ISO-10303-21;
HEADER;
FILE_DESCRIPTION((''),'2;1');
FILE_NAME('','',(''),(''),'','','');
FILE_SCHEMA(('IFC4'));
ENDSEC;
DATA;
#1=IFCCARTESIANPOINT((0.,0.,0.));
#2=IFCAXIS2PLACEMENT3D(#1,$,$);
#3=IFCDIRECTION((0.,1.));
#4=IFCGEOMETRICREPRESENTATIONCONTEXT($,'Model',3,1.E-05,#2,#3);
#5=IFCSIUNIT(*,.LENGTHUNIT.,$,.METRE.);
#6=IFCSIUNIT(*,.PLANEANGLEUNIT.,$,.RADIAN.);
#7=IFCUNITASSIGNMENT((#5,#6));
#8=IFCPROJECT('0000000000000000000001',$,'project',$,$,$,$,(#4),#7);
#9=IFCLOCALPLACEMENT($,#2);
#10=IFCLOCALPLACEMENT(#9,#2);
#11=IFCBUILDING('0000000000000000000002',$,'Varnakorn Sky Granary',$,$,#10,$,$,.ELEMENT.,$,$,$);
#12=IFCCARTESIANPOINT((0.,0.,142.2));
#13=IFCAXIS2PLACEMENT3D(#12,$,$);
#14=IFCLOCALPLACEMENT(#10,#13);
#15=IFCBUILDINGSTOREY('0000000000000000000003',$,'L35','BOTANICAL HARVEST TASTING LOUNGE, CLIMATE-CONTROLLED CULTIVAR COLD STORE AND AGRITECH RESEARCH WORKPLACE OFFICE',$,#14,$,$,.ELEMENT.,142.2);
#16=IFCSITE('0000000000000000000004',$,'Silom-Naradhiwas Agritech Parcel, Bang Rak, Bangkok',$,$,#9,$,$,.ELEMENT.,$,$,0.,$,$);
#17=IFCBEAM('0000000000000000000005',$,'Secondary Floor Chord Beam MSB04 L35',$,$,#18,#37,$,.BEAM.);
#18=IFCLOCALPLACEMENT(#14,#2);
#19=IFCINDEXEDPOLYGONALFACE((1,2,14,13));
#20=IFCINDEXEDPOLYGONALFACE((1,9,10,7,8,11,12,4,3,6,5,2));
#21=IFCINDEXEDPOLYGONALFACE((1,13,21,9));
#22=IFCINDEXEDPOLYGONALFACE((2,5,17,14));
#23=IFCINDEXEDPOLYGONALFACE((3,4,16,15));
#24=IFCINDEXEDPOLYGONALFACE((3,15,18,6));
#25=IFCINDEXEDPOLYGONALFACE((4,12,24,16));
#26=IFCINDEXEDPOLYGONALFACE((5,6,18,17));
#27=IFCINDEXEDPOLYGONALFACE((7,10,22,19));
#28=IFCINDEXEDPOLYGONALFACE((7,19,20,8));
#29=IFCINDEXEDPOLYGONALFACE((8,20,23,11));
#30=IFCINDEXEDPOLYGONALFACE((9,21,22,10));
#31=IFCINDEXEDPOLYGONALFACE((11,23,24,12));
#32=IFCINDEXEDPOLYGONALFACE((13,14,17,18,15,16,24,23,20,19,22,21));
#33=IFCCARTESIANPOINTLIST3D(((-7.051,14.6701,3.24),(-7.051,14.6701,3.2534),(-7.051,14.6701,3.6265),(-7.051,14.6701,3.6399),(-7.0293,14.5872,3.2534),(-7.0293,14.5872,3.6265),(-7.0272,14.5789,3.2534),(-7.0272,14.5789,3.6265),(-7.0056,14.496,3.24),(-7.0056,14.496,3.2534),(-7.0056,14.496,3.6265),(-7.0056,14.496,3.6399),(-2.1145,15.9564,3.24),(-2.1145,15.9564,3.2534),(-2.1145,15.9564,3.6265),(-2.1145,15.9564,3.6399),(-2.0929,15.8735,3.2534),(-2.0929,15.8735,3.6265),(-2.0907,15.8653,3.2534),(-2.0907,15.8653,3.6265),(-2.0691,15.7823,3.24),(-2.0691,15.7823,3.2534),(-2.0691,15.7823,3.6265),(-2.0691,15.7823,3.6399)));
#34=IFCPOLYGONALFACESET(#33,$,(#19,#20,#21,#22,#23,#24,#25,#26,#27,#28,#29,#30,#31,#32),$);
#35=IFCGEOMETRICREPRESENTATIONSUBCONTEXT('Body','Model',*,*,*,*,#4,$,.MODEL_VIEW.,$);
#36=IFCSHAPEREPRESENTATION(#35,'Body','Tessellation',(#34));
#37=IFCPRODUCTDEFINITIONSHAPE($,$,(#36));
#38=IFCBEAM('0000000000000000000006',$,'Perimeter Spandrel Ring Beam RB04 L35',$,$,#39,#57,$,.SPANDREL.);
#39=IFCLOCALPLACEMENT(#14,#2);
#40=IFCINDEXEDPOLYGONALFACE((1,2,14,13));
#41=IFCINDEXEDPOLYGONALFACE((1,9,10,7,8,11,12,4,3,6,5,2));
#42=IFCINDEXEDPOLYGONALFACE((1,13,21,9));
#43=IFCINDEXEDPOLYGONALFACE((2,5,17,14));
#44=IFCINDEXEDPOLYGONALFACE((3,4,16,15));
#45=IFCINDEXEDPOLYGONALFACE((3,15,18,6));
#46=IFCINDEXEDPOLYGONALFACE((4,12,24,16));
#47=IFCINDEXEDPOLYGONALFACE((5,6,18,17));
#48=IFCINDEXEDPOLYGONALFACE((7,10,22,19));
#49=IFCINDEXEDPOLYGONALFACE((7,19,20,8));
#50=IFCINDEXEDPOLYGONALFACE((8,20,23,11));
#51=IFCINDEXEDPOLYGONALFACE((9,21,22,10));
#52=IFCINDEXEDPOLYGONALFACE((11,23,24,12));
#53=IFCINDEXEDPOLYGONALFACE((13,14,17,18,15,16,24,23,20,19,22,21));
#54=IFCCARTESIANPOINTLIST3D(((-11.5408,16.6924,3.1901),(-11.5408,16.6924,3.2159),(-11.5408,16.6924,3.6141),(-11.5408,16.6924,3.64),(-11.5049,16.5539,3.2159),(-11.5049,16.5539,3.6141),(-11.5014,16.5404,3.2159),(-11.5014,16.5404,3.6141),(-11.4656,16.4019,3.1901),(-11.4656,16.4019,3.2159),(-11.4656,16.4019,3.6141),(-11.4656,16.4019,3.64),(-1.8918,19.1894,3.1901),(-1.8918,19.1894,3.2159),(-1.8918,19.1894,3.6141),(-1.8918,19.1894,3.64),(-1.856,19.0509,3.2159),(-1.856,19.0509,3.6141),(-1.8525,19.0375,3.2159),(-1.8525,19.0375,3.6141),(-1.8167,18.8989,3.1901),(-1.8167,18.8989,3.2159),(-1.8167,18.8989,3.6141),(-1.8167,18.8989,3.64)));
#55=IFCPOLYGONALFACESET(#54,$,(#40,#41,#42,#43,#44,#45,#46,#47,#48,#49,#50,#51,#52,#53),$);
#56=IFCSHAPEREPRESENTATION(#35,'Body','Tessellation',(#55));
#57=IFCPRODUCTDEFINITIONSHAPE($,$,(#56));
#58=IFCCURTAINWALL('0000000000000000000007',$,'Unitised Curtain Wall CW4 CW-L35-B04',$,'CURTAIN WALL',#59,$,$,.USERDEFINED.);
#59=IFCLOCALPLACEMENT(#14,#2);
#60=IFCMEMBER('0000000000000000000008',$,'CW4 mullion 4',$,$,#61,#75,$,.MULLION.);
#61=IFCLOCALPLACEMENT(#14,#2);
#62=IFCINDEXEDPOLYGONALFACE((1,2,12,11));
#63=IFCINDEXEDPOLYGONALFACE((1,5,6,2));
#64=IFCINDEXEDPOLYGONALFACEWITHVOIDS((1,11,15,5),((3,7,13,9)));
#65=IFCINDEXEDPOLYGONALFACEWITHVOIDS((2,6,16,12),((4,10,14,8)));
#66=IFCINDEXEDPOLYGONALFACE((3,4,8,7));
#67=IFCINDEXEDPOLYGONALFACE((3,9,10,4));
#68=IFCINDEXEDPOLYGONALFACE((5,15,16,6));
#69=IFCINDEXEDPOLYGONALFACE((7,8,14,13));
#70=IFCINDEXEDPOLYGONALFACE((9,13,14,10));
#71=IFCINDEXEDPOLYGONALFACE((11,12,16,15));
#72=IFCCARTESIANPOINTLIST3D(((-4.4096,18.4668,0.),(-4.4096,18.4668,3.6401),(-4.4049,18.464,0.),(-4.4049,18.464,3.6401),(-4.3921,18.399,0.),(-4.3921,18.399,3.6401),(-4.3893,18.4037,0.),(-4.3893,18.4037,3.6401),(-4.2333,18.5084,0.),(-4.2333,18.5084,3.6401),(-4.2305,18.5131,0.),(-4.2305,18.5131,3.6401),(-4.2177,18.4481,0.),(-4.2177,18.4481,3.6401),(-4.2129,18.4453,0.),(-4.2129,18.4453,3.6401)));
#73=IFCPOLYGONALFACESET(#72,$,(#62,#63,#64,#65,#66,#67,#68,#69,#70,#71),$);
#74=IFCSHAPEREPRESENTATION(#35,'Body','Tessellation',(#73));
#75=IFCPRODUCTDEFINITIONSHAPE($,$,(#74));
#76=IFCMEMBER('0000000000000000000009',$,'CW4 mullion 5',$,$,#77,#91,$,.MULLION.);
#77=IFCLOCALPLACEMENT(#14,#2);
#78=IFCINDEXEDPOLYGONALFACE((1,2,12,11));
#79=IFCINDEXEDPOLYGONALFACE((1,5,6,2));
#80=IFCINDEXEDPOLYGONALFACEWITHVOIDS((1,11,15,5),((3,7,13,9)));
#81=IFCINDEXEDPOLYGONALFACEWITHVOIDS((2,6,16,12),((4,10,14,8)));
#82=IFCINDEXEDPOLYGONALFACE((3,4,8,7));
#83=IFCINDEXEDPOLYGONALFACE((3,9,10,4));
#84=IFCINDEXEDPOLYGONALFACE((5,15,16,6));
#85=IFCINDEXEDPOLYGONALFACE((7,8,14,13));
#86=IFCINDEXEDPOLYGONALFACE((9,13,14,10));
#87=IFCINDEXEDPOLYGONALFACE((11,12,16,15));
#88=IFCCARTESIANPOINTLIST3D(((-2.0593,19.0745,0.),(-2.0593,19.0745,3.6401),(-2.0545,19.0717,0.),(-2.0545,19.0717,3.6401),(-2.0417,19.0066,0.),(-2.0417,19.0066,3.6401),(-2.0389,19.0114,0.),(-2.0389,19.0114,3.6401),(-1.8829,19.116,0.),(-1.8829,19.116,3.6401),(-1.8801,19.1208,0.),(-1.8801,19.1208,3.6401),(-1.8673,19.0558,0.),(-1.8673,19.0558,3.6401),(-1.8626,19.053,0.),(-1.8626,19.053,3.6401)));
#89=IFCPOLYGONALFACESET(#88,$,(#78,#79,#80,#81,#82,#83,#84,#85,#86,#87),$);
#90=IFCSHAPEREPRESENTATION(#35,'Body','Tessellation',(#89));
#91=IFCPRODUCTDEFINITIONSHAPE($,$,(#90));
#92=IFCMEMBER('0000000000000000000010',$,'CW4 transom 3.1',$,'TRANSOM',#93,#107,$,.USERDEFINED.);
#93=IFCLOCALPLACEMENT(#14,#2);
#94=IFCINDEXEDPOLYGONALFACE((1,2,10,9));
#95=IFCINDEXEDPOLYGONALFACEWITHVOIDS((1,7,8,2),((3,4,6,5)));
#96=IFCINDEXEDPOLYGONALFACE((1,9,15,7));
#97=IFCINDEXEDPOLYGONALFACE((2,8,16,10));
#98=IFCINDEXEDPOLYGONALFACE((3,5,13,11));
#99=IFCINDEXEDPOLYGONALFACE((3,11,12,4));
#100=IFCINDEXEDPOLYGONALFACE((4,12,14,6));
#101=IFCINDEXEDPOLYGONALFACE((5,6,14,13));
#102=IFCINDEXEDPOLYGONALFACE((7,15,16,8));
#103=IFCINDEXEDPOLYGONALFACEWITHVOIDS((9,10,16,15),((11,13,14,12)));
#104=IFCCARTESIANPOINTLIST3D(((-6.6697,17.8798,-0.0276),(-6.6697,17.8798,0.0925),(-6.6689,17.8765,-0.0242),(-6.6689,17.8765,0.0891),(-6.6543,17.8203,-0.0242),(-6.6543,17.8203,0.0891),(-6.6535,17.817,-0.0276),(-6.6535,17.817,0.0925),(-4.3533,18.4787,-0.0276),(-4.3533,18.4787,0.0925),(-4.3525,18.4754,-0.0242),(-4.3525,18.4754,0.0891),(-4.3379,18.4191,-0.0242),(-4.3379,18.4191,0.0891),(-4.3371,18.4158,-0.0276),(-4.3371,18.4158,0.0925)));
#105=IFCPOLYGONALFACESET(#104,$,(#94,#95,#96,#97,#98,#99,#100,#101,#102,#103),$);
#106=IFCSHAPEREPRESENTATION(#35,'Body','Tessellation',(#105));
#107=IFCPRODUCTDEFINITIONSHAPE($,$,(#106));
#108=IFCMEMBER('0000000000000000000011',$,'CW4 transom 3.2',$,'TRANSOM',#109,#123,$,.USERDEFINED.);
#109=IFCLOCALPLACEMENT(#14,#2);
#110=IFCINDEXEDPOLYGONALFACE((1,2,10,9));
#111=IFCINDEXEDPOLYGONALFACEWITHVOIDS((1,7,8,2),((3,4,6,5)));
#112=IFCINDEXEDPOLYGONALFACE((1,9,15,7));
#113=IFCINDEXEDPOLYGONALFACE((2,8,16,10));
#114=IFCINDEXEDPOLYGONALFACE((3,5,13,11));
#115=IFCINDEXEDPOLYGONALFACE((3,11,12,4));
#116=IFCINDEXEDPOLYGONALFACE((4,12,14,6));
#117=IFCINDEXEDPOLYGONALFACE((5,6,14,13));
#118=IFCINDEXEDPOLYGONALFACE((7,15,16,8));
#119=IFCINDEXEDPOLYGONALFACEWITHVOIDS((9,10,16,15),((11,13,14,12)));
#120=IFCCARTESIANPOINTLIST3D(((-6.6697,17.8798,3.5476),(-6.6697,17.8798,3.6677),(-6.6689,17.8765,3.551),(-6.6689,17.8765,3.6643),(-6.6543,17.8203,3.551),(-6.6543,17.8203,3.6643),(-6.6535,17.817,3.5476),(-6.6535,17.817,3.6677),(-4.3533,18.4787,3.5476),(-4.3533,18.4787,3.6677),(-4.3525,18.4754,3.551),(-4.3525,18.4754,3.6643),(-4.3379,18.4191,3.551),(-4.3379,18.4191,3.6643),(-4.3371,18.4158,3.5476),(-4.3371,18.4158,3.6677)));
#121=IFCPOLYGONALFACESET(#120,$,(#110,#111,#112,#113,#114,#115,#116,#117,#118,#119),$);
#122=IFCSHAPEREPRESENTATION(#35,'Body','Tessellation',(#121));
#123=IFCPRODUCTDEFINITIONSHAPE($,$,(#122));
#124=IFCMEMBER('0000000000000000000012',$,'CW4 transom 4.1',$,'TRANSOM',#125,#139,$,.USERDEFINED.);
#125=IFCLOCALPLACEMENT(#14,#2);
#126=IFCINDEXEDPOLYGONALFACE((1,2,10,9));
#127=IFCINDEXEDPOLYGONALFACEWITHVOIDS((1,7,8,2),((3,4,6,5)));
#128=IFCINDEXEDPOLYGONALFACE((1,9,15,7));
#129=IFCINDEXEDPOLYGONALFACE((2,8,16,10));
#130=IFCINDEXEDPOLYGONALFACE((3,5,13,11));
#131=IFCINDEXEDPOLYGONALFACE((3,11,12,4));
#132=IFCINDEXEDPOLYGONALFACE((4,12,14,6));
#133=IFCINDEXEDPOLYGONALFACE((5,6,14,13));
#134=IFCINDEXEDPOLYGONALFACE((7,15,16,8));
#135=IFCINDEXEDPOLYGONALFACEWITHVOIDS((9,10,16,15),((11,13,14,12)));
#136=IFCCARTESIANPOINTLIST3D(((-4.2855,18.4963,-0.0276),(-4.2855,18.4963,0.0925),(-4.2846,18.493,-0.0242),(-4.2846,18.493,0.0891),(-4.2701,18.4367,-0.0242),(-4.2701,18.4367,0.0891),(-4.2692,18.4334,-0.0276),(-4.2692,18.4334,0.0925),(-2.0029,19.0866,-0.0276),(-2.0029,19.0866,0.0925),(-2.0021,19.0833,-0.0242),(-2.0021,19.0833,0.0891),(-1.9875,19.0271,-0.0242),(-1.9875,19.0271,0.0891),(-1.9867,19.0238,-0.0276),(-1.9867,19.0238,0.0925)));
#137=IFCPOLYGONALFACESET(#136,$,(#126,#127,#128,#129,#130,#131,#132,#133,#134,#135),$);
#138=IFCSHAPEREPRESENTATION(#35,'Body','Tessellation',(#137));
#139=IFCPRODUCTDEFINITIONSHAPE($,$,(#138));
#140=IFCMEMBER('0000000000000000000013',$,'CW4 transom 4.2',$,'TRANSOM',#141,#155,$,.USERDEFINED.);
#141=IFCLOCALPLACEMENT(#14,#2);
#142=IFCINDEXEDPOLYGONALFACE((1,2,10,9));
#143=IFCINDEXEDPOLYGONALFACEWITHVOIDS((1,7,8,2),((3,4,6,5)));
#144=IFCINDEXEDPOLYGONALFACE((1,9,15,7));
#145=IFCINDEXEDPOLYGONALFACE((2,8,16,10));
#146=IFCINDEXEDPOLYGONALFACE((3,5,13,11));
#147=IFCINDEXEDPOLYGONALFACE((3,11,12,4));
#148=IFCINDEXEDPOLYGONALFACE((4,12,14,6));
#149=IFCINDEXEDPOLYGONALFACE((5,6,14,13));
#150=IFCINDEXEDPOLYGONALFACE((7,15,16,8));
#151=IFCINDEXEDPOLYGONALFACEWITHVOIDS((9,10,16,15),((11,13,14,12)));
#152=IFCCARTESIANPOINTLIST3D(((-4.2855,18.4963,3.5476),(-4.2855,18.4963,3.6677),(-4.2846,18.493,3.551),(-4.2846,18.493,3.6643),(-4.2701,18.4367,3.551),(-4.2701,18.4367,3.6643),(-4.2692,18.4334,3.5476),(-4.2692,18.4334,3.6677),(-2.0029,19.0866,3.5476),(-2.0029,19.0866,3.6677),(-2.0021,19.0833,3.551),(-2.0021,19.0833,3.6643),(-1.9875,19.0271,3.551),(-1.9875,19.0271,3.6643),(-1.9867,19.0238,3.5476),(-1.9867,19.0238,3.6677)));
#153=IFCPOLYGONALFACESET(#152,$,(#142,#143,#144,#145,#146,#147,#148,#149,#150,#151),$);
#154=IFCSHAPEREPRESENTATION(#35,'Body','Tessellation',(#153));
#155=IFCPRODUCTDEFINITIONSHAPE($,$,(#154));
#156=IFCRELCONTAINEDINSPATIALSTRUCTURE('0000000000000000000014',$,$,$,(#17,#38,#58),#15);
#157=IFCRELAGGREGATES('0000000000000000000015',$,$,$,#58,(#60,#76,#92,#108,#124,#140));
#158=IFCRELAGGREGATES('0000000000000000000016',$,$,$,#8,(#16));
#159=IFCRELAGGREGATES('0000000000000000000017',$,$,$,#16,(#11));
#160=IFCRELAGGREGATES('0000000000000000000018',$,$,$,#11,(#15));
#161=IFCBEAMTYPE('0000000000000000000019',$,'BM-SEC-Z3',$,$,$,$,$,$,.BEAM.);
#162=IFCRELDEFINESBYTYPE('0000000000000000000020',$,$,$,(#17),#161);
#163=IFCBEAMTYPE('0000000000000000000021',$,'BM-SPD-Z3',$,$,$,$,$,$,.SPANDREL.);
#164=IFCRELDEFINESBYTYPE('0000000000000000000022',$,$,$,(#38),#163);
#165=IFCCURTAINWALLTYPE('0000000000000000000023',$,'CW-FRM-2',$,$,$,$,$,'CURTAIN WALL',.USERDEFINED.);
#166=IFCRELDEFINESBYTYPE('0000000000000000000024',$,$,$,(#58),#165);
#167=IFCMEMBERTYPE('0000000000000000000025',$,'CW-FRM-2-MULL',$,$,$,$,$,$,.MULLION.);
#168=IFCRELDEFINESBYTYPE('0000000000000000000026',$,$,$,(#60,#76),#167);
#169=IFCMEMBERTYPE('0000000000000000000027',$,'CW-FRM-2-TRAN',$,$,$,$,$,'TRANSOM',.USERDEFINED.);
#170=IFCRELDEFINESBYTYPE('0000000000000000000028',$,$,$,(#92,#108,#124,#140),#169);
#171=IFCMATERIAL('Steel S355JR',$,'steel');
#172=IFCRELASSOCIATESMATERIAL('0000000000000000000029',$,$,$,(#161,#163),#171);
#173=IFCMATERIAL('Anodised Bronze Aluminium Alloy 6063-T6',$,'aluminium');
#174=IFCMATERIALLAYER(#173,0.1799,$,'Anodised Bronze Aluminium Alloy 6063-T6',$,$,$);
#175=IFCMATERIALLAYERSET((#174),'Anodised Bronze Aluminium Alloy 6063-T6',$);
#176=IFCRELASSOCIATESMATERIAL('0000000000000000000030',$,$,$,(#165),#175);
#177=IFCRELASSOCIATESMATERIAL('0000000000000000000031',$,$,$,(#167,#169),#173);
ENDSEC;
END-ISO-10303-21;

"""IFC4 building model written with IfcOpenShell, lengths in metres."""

from ifc_helpers import new_model, si_unit, direction, frame, origin, origin_2d, place, context, subcontext, project, spatial, hollow_rectangle, i_section, extrude, material, layer, layer_set, material_profile, profile_set, type_object, element, aggregate, save


model = new_model("IFC4")

# Units and contexts
model_context = context("Model", 3, precision=1e-05, world=origin(), true_north=direction((0.0, 1.0)))
body_context = subcontext(model_context, "Body", "Model", "MODEL_VIEW")
ifc_project = project(units=[si_unit("LENGTHUNIT", "METRE"), si_unit("PLANEANGLEUNIT", "RADIAN")], contexts=[model_context])

# Site, building, storey
site_placement = place(None, origin())
site = spatial("IfcSite", under=ifc_project, at=site_placement, Name="Silom-Naradhiwas Agritech Parcel, Bang Rak, Bangkok", CompositionType="ELEMENT", RefElevation=0.0)
building_placement = place(site_placement, origin())
building = spatial("IfcBuilding", under=site, at=building_placement, Name="Varnakorn Sky Granary", CompositionType="ELEMENT")
storey_placement = place(building_placement, frame((0.0, 0.0, 142.2)))
storey = spatial("IfcBuildingStorey", under=building, at=storey_placement, Name="L35", Description="BOTANICAL HARVEST TASTING LOUNGE, CLIMATE-CONTROLLED CULTIVAR COLD STORE AND AGRITECH RESEARCH WORKPLACE OFFICE", CompositionType="ELEMENT", Elevation=142.2)

# Beams
ifc_material_1 = material(Name="Steel S355JR", Category="steel")
ifc_material_profile_1 = material_profile(ifc_material_1, i_section(OverallWidth=0.1799, OverallDepth=0.3999, WebThickness=0.0085, FlangeThickness=0.0134, at=origin_2d()), Name="IPE 400")
ifc_profile_set_1 = profile_set([ifc_material_profile_1], Name="Steel S355JR")
beam_type_1 = type_object("IfcBeamType", Name="BM-SEC-Z3", PredefinedType="BEAM", material=ifc_profile_set_1)
beam_1_placement = place(storey_placement, frame((-2.0918, 15.8694, 3.4399), z_axis=(-0.967685, -0.252163, 0.0), x_axis=(0.252163, -0.967685, 0.0)))
element("IfcBeam", 1, at=beam_1_placement, inside=storey, type_object=beam_type_1, Name="Secondary Floor Chord Beam MSB04 L35", PredefinedType="BEAM", context=body_context, shape_type="SweptSolid", body=[
    extrude(i_section(OverallWidth=0.1799, OverallDepth=0.3999, WebThickness=0.0085, FlangeThickness=0.0134, at=origin_2d()), origin(), (0.0, 0.0, 1.0), 5.1013),
])
ifc_material_profile_2 = material_profile(ifc_material_1, i_section(OverallWidth=0.3, OverallDepth=0.45, WebThickness=0.0139, FlangeThickness=0.0259, at=origin_2d()), Name="HE 450 B")
ifc_profile_set_2 = profile_set([ifc_material_profile_2], Name="Steel S355JR")
beam_type_2 = type_object("IfcBeamType", Name="BM-SPD-Z3", PredefinedType="SPANDREL", material=ifc_profile_set_2)
beam_2_placement = place(storey_placement, frame((-1.8542, 19.0442, 3.415), z_axis=(-0.968107, -0.250539, 0.0), x_axis=(0.250539, -0.968107, 0.0)))
element("IfcBeam", 2, at=beam_2_placement, inside=storey, type_object=beam_type_2, Name="Perimeter Spandrel Ring Beam RB04 L35", PredefinedType="SPANDREL", context=body_context, shape_type="SweptSolid", body=[
    extrude(i_section(OverallWidth=0.3, OverallDepth=0.45, WebThickness=0.0139, FlangeThickness=0.0259, at=origin_2d()), origin(), (0.0, 0.0, 1.0), 9.9668),
])

# Curtain wall, members
ifc_material_2 = material(Name="Anodised Bronze Aluminium Alloy 6063-T6", Category="aluminium")
ifc_layer_1 = layer(ifc_material_2, 0.1799, Name="Anodised Bronze Aluminium Alloy 6063-T6")
ifc_layer_set_1 = layer_set([ifc_layer_1], Name="Anodised Bronze Aluminium Alloy 6063-T6")
curtain_wall_type = type_object("IfcCurtainWallType", Name="CW-FRM-2", ElementType="CURTAIN WALL", PredefinedType="USERDEFINED", material=ifc_layer_set_1)
curtain_wall_placement = place(storey_placement, origin())
curtain_wall = element("IfcCurtainWall", 3, at=curtain_wall_placement, inside=storey, type_object=curtain_wall_type, Name="Unitised Curtain Wall CW4 CW-L35-B04", ObjectType="CURTAIN WALL", PredefinedType="USERDEFINED")
ifc_material_profile_3 = material_profile(ifc_material_2, hollow_rectangle(XDim=0.0701, YDim=0.1851, WallThickness=0.0039, at=origin_2d()), Name="ALU MULL 70x185")
ifc_profile_set_3 = profile_set([ifc_material_profile_3], Name="Anodised Bronze Aluminium Alloy 6063-T6")
member_type_1 = type_object("IfcMemberType", Name="CW-FRM-2-MULL", PredefinedType="MULLION", material=ifc_profile_set_3)
member_1_placement = place(storey_placement, frame((-4.3113, 18.4561, 0.0), z_axis=(0.0, 0.0, 1.0), x_axis=(-0.250348, 0.968156, 0.0)))
member_1 = element("IfcMember", 4, at=member_1_placement, type_object=member_type_1, Name="CW4 mullion 4", PredefinedType="MULLION", context=body_context, shape_type="SweptSolid", body=[
    extrude(hollow_rectangle(XDim=0.0701, YDim=0.1851, WallThickness=0.0039, at=origin_2d()), origin(), (0.0, 0.0, 1.0), 3.6401),
])
member_2_placement = place(storey_placement, frame((-1.9609, 19.0637, 0.0), z_axis=(0.0, 0.0, 1.0), x_axis=(-0.250348, 0.968156, 0.0)))
member_2 = element("IfcMember", 5, at=member_2_placement, type_object=member_type_1, Name="CW4 mullion 5", PredefinedType="MULLION", context=body_context, shape_type="SweptSolid", body=[
    extrude(hollow_rectangle(XDim=0.0701, YDim=0.1851, WallThickness=0.0039, at=origin_2d()), origin(), (0.0, 0.0, 1.0), 3.6401),
])
ifc_material_profile_4 = material_profile(ifc_material_2, hollow_rectangle(XDim=0.0649, YDim=0.1201, WallThickness=0.0034, at=origin_2d()), Name="ALU TRAN 65x120")
ifc_profile_set_4 = profile_set([ifc_material_profile_4], Name="Anodised Bronze Aluminium Alloy 6063-T6")
member_type_2 = type_object("IfcMemberType", Name="CW-FRM-2-TRAN", ElementType="TRANSOM", PredefinedType="USERDEFINED", material=ifc_profile_set_4)
member_3_placement = place(storey_placement, frame((-6.6616, 17.8484, 0.0325), z_axis=(0.968167, 0.250307, 0.0), x_axis=(-0.250307, 0.968167, 0.0)))
member_3 = element("IfcMember", 6, at=member_3_placement, type_object=member_type_2, Name="CW4 transom 3.1", ObjectType="TRANSOM", PredefinedType="USERDEFINED", context=body_context, shape_type="SweptSolid", body=[
    extrude(hollow_rectangle(XDim=0.0649, YDim=0.1201, WallThickness=0.0034, at=origin_2d()), origin(), (0.0, 0.0, 1.0), 2.3926),
])
member_4_placement = place(storey_placement, frame((-6.6616, 17.8484, 3.6077), z_axis=(0.968167, 0.250307, 0.0), x_axis=(-0.250307, 0.968167, 0.0)))
member_4 = element("IfcMember", 7, at=member_4_placement, type_object=member_type_2, Name="CW4 transom 3.2", ObjectType="TRANSOM", PredefinedType="USERDEFINED", context=body_context, shape_type="SweptSolid", body=[
    extrude(hollow_rectangle(XDim=0.0649, YDim=0.1201, WallThickness=0.0034, at=origin_2d()), origin(), (0.0, 0.0, 1.0), 2.3926),
])
member_5_placement = place(storey_placement, frame((-4.2773, 18.4648, 0.0325), z_axis=(0.968143, 0.250398, 0.0), x_axis=(-0.250398, 0.968143, 0.0)))
member_5 = element("IfcMember", 8, at=member_5_placement, type_object=member_type_2, Name="CW4 transom 4.1", ObjectType="TRANSOM", PredefinedType="USERDEFINED", context=body_context, shape_type="SweptSolid", body=[
    extrude(hollow_rectangle(XDim=0.0649, YDim=0.1201, WallThickness=0.0034, at=origin_2d()), origin(), (0.0, 0.0, 1.0), 2.3577),
])
member_6_placement = place(storey_placement, frame((-4.2773, 18.4648, 3.6077), z_axis=(0.968143, 0.250398, 0.0), x_axis=(-0.250398, 0.968143, 0.0)))
member_6 = element("IfcMember", 9, at=member_6_placement, type_object=member_type_2, Name="CW4 transom 4.2", ObjectType="TRANSOM", PredefinedType="USERDEFINED", context=body_context, shape_type="SweptSolid", body=[
    extrude(hollow_rectangle(XDim=0.0649, YDim=0.1201, WallThickness=0.0034, at=origin_2d()), origin(), (0.0, 0.0, 1.0), 2.3577),
])

aggregate(curtain_wall, [member_1, member_2, member_3, member_4, member_5, member_6])

save(model, "model.ifc")
